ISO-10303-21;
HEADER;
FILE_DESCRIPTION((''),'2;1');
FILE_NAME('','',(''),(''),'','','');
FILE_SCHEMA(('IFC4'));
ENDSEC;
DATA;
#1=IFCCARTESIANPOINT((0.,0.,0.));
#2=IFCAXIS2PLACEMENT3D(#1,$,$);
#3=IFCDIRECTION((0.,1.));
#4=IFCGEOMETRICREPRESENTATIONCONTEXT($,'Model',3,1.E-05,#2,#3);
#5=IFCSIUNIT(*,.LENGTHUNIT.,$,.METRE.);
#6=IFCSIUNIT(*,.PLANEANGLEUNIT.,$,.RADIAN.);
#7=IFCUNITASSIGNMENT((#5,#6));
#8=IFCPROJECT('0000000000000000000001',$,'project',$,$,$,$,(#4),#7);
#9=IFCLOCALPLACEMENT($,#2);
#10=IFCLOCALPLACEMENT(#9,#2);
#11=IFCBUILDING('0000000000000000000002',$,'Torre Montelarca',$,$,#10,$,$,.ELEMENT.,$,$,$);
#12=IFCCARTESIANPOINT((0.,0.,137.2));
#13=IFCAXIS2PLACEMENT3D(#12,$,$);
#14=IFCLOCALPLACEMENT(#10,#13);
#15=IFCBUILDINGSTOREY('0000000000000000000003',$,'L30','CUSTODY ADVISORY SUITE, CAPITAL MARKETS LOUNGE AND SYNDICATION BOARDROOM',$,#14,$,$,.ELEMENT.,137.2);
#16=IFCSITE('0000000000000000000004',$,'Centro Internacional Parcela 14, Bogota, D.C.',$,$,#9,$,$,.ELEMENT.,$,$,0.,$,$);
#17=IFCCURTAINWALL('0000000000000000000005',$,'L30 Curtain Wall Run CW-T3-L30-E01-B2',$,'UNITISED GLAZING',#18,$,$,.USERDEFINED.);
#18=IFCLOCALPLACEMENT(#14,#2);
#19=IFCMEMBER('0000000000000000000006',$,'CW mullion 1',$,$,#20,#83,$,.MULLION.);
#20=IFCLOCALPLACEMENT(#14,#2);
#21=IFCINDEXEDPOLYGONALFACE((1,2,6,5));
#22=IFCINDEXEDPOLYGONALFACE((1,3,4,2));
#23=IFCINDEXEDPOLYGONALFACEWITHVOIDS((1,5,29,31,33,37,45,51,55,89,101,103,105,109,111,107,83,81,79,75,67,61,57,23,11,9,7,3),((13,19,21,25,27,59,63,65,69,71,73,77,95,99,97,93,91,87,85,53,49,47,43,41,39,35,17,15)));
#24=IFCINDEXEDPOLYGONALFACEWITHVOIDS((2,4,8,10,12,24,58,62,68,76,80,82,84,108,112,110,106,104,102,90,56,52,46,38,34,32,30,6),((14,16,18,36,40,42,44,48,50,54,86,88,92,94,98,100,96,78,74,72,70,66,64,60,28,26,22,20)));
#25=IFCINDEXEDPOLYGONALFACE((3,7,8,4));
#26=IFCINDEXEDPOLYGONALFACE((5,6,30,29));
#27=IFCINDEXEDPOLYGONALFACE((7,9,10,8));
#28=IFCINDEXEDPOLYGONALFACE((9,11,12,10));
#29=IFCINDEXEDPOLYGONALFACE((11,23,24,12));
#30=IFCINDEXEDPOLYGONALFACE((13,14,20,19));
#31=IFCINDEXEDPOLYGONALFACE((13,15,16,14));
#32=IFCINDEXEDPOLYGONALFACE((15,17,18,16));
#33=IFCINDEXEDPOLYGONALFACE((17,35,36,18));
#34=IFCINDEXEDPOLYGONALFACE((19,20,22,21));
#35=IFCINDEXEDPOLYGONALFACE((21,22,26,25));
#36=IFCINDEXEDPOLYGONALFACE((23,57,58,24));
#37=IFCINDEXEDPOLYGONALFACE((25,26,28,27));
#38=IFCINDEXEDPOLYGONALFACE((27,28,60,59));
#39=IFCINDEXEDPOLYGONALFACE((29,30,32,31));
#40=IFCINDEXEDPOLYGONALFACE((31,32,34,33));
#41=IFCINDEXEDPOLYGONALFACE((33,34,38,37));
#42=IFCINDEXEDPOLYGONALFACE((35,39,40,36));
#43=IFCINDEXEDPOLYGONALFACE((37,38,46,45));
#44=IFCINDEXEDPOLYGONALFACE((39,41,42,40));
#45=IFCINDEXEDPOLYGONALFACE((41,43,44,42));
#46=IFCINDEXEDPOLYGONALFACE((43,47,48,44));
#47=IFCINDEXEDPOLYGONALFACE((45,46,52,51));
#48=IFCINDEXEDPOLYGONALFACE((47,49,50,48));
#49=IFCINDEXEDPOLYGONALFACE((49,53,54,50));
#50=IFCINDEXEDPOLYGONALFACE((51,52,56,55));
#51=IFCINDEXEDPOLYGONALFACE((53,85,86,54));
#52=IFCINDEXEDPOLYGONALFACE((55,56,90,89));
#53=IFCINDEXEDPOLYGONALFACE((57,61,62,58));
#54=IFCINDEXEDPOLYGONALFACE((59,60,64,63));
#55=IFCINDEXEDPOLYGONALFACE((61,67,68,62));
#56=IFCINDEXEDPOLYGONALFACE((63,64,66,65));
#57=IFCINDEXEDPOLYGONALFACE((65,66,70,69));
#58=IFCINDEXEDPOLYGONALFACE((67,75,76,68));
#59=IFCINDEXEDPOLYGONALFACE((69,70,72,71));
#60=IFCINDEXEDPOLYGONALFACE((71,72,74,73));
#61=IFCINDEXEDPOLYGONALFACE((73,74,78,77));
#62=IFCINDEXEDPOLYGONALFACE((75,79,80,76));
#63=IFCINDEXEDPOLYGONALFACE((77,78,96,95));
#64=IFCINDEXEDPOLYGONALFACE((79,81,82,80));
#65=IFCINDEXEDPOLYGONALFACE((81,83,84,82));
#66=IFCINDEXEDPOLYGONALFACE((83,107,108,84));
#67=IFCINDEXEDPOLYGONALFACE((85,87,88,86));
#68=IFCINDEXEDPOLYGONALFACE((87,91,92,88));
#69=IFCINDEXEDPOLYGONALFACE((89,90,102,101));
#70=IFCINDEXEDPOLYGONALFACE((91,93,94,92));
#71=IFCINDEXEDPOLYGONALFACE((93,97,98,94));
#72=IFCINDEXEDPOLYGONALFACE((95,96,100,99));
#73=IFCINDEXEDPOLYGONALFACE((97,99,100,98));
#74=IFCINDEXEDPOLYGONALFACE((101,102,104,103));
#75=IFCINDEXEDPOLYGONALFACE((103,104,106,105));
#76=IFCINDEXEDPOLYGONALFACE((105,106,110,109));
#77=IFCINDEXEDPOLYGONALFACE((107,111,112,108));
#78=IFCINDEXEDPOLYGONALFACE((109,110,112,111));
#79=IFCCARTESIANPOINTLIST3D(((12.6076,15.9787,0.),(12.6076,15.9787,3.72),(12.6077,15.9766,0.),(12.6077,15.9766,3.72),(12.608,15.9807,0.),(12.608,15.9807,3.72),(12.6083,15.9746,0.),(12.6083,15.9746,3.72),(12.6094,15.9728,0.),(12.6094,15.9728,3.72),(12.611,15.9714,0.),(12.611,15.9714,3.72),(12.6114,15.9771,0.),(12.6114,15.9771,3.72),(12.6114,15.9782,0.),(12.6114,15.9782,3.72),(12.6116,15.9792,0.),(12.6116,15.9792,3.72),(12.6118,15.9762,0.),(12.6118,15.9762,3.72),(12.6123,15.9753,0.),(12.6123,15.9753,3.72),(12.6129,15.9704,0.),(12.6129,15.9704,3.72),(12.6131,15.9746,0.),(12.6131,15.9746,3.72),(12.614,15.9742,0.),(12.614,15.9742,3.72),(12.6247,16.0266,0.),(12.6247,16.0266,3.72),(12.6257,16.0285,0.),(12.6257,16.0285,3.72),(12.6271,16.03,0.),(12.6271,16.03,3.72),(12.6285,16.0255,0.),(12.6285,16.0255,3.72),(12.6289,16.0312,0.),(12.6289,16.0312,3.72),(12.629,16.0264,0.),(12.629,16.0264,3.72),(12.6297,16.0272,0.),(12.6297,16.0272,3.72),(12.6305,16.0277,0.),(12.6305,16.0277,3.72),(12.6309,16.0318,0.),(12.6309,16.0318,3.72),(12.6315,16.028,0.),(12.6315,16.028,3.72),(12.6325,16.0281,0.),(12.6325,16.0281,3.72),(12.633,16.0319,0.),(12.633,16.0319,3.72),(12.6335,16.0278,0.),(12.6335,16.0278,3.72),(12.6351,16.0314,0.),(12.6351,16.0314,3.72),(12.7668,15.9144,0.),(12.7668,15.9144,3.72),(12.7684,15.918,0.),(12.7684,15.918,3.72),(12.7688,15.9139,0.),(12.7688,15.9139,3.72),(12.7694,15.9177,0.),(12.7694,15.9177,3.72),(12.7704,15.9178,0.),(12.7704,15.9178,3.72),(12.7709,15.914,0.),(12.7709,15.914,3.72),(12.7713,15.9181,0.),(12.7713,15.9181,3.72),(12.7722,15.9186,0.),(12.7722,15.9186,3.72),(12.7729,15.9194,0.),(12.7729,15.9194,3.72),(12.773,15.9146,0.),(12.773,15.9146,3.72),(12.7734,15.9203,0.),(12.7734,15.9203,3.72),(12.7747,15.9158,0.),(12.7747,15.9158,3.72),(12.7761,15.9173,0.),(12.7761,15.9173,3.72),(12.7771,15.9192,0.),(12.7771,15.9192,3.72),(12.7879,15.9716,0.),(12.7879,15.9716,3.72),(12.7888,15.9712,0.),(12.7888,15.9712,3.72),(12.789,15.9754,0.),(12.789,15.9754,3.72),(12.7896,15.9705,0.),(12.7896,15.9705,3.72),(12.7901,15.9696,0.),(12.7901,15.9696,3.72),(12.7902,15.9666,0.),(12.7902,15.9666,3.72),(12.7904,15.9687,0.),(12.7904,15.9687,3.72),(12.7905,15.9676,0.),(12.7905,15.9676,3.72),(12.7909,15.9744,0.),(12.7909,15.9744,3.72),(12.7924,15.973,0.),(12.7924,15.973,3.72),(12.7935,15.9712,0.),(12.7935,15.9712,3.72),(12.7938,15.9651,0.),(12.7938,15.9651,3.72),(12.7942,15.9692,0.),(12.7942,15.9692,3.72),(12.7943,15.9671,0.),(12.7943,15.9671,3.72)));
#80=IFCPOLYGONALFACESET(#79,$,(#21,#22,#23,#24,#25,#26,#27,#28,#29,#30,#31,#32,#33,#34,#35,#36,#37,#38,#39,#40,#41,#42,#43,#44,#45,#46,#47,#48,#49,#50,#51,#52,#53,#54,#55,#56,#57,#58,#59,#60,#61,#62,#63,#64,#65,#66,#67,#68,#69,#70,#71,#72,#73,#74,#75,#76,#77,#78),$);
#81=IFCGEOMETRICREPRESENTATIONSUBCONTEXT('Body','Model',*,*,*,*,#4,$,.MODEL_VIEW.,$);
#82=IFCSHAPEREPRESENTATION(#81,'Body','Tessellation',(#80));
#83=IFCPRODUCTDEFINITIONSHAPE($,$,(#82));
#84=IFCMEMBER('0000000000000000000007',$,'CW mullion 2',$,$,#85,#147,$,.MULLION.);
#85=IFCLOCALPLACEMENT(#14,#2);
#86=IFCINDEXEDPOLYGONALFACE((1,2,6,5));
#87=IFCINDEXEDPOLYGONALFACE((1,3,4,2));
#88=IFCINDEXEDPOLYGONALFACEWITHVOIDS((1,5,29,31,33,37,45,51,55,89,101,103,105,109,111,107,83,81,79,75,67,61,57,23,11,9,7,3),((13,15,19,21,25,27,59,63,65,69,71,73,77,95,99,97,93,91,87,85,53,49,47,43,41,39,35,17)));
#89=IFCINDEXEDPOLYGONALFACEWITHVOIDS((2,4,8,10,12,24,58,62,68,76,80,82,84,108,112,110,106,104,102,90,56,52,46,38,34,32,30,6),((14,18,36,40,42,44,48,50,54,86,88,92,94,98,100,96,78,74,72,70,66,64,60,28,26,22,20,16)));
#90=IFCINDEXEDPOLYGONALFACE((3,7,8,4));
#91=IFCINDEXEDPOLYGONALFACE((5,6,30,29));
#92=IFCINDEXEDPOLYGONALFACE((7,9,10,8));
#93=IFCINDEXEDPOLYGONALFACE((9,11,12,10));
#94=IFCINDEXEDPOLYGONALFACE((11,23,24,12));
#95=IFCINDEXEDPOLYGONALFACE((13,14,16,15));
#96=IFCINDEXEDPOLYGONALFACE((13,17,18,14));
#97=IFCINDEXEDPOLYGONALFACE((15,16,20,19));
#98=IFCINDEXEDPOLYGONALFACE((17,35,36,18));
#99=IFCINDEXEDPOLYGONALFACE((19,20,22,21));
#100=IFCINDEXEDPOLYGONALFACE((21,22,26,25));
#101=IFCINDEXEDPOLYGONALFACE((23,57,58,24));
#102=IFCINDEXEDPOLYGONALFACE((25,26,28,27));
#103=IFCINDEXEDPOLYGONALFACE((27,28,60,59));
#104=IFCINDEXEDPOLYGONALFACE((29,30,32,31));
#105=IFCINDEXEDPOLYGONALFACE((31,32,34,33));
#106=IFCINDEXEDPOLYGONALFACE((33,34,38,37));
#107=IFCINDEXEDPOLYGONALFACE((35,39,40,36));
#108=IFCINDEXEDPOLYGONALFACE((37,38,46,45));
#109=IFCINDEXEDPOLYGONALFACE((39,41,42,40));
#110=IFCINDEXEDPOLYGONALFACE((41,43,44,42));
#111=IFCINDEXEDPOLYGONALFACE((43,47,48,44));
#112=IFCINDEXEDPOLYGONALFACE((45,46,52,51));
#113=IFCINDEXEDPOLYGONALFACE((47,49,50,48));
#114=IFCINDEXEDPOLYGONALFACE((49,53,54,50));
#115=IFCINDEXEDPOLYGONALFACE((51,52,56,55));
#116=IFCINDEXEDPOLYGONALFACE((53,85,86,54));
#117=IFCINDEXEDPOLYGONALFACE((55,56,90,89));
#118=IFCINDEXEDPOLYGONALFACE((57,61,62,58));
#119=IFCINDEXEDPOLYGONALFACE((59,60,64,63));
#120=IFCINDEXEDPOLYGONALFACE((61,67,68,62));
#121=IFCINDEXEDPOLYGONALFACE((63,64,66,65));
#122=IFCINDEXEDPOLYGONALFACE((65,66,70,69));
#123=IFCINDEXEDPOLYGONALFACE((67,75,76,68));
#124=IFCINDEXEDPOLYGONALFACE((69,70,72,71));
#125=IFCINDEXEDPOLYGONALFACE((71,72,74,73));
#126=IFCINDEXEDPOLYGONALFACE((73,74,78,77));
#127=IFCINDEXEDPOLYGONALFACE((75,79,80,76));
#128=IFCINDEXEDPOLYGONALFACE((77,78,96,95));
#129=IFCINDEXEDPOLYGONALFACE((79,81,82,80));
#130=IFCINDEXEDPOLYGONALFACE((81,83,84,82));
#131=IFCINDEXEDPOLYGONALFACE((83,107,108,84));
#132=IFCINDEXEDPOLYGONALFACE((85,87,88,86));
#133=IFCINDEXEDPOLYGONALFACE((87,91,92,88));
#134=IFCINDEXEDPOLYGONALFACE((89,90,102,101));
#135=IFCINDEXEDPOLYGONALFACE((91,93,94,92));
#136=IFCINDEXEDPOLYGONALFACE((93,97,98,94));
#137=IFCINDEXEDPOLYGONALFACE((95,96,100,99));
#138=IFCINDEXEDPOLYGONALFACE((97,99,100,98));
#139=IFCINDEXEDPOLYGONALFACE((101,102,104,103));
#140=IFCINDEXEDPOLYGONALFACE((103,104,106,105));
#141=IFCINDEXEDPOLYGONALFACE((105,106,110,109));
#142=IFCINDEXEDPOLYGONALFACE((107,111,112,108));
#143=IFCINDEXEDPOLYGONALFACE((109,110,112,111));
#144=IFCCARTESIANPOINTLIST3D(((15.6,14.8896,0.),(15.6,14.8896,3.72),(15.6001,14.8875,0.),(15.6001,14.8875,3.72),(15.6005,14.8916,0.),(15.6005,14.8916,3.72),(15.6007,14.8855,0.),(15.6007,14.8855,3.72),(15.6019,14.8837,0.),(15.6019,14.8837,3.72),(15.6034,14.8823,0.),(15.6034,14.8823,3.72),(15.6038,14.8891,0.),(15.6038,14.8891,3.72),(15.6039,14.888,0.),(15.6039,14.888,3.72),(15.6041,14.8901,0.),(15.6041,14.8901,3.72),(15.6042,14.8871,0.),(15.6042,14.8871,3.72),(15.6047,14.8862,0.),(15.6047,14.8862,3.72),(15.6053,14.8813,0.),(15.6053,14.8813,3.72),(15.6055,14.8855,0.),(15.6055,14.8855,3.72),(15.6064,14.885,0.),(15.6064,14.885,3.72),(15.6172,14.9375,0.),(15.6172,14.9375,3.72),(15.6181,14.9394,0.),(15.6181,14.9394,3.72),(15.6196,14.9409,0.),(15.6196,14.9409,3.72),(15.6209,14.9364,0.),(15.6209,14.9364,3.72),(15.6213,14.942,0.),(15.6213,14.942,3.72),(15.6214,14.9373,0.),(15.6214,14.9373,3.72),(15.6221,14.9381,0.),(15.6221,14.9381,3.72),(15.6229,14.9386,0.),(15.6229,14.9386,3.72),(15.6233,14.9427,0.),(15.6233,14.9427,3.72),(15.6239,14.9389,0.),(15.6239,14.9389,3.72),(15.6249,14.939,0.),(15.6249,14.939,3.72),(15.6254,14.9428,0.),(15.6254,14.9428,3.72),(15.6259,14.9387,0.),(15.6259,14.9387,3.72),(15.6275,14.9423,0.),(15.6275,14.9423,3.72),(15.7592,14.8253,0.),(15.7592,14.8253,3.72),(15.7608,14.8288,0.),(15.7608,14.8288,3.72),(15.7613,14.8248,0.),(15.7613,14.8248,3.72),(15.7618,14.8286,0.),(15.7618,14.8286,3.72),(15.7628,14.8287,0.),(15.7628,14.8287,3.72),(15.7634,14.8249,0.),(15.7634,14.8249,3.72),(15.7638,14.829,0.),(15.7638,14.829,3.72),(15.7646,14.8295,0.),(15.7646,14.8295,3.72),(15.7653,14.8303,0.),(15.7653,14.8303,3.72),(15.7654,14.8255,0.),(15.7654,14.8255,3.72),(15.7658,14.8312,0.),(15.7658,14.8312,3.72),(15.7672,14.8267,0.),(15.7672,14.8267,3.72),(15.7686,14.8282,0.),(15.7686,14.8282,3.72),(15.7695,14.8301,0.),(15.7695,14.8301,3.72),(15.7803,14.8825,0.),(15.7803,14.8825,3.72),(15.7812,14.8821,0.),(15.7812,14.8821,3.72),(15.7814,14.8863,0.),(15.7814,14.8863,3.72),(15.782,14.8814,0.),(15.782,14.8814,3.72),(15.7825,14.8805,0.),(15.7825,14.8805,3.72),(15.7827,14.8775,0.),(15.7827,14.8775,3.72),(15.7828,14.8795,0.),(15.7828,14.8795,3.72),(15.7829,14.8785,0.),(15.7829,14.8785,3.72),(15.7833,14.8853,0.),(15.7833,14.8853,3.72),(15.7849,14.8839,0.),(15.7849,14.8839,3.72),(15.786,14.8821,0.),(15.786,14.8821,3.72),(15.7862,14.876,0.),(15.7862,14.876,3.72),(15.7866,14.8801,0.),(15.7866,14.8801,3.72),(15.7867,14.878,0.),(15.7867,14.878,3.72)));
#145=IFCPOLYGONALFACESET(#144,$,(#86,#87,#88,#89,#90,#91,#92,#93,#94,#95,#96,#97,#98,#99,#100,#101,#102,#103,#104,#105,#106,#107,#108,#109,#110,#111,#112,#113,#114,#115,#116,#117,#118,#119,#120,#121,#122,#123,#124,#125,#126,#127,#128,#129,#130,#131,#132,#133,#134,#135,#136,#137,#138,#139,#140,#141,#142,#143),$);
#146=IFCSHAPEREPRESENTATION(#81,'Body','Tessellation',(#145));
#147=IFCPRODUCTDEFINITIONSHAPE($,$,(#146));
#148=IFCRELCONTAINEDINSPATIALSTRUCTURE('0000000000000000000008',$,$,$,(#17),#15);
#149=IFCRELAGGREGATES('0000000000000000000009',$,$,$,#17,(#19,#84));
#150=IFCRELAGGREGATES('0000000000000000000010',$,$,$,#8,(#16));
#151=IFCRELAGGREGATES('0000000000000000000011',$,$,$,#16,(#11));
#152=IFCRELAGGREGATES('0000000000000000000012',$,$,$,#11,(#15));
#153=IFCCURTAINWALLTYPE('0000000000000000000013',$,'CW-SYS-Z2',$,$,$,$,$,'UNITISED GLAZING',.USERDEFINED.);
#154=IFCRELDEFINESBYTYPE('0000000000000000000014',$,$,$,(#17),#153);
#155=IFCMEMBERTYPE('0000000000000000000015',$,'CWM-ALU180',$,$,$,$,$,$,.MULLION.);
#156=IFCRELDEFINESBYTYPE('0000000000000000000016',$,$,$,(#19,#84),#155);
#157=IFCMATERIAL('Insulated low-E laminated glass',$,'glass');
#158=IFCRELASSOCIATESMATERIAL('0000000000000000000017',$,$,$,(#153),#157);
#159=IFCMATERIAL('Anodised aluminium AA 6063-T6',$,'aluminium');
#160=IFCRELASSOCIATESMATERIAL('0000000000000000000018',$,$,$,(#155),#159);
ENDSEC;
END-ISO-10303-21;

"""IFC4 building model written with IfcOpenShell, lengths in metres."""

from ifc_helpers import new_model, si_unit, direction, frame, origin, origin_2d, place, context, subcontext, project, spatial, hollow_rectangle, extrude, source, transform, mapped, material, material_profile, profile_set, type_object, element, aggregate, save


model = new_model("IFC4")

# Units and contexts
model_context = context("Model", 3, precision=1e-05, world=origin(), true_north=direction((0.0, 1.0)))
body_context = subcontext(model_context, "Body", "Model", "MODEL_VIEW")
ifc_project = project(units=[si_unit("LENGTHUNIT", "METRE"), si_unit("PLANEANGLEUNIT", "RADIAN")], contexts=[model_context])

# Site, building, storey
site_placement = place(None, origin())
site = spatial("IfcSite", under=ifc_project, at=site_placement, Name="Centro Internacional Parcela 14, Bogota, D.C.", CompositionType="ELEMENT", RefElevation=0.0)
building_placement = place(site_placement, origin())
building = spatial("IfcBuilding", under=site, at=building_placement, Name="Torre Montelarca", CompositionType="ELEMENT")
storey_placement = place(building_placement, frame((0.0, 0.0, 137.2)))
storey = spatial("IfcBuildingStorey", under=building, at=storey_placement, Name="L30", Description="CUSTODY ADVISORY SUITE, CAPITAL MARKETS LOUNGE AND SYNDICATION BOARDROOM", CompositionType="ELEMENT", Elevation=137.2)

# Curtain wall, members
ifc_material_1 = material(Name="Insulated low-E laminated glass", Category="glass")
curtain_wall_type = type_object("IfcCurtainWallType", Name="CW-SYS-Z2", ElementType="UNITISED GLAZING", PredefinedType="USERDEFINED", material=ifc_material_1)
ifc_material_2 = material(Name="Anodised aluminium AA 6063-T6", Category="aluminium")
ifc_material_profile_1 = material_profile(ifc_material_2, hollow_rectangle(XDim=0.0649, YDim=0.1799, WallThickness=0.0039, InnerFilletRadius=0.0039, OuterFilletRadius=0.0081, at=origin_2d()), Name="ALU65X180X4", Category="aluminium")
ifc_profile_set_1 = profile_set([ifc_material_profile_1], Name="Anodised aluminium AA 6063-T6")
member_type_1 = type_object("IfcMemberType", Name="CWM-ALU180", PredefinedType="MULLION", material=ifc_profile_set_1)
shared_shape_1 = source(origin(), body_context, "Body", "SweptSolid", [
    extrude(hollow_rectangle(XDim=0.0649, YDim=0.1799, WallThickness=0.0039, InnerFilletRadius=0.0039, OuterFilletRadius=0.0081, at=origin_2d()), origin(), (0.0, 0.0, 1.0), 3.72),
])
curtain_wall_1_placement = place(storey_placement, origin())
curtain_wall_1 = element("IfcCurtainWall", 1, at=curtain_wall_1_placement, inside=storey, type_object=curtain_wall_type, Name="L30 Curtain Wall Run CW-T3-L30-E01-B2", ObjectType="UNITISED GLAZING", PredefinedType="USERDEFINED")
member_1_placement = place(storey_placement, frame((12.7009, 15.9729, 0.0), z_axis=(0.0, 0.0, 1.0), x_axis=(0.342025, 0.939691, 0.0)))
member_1 = element("IfcMember", 2, at=member_1_placement, type_object=member_type_1, Name="CW mullion 1", PredefinedType="MULLION", context=body_context, shape_type="MappedRepresentation", body=[
    mapped(shared_shape_1, transform((0.0, 0.0, 0.0), scale=1.0)),
])
member_2_placement = place(storey_placement, frame((15.6934, 14.8838, 0.0), z_axis=(0.0, 0.0, 1.0), x_axis=(0.342025, 0.939691, 0.0)))
member_2 = element("IfcMember", 3, at=member_2_placement, type_object=member_type_1, Name="CW mullion 2", PredefinedType="MULLION", context=body_context, shape_type="MappedRepresentation", body=[
    mapped(shared_shape_1, transform((0.0, 0.0, 0.0), scale=1.0)),
])

aggregate(curtain_wall_1, [member_1, member_2])

save(model, "model.ifc")
